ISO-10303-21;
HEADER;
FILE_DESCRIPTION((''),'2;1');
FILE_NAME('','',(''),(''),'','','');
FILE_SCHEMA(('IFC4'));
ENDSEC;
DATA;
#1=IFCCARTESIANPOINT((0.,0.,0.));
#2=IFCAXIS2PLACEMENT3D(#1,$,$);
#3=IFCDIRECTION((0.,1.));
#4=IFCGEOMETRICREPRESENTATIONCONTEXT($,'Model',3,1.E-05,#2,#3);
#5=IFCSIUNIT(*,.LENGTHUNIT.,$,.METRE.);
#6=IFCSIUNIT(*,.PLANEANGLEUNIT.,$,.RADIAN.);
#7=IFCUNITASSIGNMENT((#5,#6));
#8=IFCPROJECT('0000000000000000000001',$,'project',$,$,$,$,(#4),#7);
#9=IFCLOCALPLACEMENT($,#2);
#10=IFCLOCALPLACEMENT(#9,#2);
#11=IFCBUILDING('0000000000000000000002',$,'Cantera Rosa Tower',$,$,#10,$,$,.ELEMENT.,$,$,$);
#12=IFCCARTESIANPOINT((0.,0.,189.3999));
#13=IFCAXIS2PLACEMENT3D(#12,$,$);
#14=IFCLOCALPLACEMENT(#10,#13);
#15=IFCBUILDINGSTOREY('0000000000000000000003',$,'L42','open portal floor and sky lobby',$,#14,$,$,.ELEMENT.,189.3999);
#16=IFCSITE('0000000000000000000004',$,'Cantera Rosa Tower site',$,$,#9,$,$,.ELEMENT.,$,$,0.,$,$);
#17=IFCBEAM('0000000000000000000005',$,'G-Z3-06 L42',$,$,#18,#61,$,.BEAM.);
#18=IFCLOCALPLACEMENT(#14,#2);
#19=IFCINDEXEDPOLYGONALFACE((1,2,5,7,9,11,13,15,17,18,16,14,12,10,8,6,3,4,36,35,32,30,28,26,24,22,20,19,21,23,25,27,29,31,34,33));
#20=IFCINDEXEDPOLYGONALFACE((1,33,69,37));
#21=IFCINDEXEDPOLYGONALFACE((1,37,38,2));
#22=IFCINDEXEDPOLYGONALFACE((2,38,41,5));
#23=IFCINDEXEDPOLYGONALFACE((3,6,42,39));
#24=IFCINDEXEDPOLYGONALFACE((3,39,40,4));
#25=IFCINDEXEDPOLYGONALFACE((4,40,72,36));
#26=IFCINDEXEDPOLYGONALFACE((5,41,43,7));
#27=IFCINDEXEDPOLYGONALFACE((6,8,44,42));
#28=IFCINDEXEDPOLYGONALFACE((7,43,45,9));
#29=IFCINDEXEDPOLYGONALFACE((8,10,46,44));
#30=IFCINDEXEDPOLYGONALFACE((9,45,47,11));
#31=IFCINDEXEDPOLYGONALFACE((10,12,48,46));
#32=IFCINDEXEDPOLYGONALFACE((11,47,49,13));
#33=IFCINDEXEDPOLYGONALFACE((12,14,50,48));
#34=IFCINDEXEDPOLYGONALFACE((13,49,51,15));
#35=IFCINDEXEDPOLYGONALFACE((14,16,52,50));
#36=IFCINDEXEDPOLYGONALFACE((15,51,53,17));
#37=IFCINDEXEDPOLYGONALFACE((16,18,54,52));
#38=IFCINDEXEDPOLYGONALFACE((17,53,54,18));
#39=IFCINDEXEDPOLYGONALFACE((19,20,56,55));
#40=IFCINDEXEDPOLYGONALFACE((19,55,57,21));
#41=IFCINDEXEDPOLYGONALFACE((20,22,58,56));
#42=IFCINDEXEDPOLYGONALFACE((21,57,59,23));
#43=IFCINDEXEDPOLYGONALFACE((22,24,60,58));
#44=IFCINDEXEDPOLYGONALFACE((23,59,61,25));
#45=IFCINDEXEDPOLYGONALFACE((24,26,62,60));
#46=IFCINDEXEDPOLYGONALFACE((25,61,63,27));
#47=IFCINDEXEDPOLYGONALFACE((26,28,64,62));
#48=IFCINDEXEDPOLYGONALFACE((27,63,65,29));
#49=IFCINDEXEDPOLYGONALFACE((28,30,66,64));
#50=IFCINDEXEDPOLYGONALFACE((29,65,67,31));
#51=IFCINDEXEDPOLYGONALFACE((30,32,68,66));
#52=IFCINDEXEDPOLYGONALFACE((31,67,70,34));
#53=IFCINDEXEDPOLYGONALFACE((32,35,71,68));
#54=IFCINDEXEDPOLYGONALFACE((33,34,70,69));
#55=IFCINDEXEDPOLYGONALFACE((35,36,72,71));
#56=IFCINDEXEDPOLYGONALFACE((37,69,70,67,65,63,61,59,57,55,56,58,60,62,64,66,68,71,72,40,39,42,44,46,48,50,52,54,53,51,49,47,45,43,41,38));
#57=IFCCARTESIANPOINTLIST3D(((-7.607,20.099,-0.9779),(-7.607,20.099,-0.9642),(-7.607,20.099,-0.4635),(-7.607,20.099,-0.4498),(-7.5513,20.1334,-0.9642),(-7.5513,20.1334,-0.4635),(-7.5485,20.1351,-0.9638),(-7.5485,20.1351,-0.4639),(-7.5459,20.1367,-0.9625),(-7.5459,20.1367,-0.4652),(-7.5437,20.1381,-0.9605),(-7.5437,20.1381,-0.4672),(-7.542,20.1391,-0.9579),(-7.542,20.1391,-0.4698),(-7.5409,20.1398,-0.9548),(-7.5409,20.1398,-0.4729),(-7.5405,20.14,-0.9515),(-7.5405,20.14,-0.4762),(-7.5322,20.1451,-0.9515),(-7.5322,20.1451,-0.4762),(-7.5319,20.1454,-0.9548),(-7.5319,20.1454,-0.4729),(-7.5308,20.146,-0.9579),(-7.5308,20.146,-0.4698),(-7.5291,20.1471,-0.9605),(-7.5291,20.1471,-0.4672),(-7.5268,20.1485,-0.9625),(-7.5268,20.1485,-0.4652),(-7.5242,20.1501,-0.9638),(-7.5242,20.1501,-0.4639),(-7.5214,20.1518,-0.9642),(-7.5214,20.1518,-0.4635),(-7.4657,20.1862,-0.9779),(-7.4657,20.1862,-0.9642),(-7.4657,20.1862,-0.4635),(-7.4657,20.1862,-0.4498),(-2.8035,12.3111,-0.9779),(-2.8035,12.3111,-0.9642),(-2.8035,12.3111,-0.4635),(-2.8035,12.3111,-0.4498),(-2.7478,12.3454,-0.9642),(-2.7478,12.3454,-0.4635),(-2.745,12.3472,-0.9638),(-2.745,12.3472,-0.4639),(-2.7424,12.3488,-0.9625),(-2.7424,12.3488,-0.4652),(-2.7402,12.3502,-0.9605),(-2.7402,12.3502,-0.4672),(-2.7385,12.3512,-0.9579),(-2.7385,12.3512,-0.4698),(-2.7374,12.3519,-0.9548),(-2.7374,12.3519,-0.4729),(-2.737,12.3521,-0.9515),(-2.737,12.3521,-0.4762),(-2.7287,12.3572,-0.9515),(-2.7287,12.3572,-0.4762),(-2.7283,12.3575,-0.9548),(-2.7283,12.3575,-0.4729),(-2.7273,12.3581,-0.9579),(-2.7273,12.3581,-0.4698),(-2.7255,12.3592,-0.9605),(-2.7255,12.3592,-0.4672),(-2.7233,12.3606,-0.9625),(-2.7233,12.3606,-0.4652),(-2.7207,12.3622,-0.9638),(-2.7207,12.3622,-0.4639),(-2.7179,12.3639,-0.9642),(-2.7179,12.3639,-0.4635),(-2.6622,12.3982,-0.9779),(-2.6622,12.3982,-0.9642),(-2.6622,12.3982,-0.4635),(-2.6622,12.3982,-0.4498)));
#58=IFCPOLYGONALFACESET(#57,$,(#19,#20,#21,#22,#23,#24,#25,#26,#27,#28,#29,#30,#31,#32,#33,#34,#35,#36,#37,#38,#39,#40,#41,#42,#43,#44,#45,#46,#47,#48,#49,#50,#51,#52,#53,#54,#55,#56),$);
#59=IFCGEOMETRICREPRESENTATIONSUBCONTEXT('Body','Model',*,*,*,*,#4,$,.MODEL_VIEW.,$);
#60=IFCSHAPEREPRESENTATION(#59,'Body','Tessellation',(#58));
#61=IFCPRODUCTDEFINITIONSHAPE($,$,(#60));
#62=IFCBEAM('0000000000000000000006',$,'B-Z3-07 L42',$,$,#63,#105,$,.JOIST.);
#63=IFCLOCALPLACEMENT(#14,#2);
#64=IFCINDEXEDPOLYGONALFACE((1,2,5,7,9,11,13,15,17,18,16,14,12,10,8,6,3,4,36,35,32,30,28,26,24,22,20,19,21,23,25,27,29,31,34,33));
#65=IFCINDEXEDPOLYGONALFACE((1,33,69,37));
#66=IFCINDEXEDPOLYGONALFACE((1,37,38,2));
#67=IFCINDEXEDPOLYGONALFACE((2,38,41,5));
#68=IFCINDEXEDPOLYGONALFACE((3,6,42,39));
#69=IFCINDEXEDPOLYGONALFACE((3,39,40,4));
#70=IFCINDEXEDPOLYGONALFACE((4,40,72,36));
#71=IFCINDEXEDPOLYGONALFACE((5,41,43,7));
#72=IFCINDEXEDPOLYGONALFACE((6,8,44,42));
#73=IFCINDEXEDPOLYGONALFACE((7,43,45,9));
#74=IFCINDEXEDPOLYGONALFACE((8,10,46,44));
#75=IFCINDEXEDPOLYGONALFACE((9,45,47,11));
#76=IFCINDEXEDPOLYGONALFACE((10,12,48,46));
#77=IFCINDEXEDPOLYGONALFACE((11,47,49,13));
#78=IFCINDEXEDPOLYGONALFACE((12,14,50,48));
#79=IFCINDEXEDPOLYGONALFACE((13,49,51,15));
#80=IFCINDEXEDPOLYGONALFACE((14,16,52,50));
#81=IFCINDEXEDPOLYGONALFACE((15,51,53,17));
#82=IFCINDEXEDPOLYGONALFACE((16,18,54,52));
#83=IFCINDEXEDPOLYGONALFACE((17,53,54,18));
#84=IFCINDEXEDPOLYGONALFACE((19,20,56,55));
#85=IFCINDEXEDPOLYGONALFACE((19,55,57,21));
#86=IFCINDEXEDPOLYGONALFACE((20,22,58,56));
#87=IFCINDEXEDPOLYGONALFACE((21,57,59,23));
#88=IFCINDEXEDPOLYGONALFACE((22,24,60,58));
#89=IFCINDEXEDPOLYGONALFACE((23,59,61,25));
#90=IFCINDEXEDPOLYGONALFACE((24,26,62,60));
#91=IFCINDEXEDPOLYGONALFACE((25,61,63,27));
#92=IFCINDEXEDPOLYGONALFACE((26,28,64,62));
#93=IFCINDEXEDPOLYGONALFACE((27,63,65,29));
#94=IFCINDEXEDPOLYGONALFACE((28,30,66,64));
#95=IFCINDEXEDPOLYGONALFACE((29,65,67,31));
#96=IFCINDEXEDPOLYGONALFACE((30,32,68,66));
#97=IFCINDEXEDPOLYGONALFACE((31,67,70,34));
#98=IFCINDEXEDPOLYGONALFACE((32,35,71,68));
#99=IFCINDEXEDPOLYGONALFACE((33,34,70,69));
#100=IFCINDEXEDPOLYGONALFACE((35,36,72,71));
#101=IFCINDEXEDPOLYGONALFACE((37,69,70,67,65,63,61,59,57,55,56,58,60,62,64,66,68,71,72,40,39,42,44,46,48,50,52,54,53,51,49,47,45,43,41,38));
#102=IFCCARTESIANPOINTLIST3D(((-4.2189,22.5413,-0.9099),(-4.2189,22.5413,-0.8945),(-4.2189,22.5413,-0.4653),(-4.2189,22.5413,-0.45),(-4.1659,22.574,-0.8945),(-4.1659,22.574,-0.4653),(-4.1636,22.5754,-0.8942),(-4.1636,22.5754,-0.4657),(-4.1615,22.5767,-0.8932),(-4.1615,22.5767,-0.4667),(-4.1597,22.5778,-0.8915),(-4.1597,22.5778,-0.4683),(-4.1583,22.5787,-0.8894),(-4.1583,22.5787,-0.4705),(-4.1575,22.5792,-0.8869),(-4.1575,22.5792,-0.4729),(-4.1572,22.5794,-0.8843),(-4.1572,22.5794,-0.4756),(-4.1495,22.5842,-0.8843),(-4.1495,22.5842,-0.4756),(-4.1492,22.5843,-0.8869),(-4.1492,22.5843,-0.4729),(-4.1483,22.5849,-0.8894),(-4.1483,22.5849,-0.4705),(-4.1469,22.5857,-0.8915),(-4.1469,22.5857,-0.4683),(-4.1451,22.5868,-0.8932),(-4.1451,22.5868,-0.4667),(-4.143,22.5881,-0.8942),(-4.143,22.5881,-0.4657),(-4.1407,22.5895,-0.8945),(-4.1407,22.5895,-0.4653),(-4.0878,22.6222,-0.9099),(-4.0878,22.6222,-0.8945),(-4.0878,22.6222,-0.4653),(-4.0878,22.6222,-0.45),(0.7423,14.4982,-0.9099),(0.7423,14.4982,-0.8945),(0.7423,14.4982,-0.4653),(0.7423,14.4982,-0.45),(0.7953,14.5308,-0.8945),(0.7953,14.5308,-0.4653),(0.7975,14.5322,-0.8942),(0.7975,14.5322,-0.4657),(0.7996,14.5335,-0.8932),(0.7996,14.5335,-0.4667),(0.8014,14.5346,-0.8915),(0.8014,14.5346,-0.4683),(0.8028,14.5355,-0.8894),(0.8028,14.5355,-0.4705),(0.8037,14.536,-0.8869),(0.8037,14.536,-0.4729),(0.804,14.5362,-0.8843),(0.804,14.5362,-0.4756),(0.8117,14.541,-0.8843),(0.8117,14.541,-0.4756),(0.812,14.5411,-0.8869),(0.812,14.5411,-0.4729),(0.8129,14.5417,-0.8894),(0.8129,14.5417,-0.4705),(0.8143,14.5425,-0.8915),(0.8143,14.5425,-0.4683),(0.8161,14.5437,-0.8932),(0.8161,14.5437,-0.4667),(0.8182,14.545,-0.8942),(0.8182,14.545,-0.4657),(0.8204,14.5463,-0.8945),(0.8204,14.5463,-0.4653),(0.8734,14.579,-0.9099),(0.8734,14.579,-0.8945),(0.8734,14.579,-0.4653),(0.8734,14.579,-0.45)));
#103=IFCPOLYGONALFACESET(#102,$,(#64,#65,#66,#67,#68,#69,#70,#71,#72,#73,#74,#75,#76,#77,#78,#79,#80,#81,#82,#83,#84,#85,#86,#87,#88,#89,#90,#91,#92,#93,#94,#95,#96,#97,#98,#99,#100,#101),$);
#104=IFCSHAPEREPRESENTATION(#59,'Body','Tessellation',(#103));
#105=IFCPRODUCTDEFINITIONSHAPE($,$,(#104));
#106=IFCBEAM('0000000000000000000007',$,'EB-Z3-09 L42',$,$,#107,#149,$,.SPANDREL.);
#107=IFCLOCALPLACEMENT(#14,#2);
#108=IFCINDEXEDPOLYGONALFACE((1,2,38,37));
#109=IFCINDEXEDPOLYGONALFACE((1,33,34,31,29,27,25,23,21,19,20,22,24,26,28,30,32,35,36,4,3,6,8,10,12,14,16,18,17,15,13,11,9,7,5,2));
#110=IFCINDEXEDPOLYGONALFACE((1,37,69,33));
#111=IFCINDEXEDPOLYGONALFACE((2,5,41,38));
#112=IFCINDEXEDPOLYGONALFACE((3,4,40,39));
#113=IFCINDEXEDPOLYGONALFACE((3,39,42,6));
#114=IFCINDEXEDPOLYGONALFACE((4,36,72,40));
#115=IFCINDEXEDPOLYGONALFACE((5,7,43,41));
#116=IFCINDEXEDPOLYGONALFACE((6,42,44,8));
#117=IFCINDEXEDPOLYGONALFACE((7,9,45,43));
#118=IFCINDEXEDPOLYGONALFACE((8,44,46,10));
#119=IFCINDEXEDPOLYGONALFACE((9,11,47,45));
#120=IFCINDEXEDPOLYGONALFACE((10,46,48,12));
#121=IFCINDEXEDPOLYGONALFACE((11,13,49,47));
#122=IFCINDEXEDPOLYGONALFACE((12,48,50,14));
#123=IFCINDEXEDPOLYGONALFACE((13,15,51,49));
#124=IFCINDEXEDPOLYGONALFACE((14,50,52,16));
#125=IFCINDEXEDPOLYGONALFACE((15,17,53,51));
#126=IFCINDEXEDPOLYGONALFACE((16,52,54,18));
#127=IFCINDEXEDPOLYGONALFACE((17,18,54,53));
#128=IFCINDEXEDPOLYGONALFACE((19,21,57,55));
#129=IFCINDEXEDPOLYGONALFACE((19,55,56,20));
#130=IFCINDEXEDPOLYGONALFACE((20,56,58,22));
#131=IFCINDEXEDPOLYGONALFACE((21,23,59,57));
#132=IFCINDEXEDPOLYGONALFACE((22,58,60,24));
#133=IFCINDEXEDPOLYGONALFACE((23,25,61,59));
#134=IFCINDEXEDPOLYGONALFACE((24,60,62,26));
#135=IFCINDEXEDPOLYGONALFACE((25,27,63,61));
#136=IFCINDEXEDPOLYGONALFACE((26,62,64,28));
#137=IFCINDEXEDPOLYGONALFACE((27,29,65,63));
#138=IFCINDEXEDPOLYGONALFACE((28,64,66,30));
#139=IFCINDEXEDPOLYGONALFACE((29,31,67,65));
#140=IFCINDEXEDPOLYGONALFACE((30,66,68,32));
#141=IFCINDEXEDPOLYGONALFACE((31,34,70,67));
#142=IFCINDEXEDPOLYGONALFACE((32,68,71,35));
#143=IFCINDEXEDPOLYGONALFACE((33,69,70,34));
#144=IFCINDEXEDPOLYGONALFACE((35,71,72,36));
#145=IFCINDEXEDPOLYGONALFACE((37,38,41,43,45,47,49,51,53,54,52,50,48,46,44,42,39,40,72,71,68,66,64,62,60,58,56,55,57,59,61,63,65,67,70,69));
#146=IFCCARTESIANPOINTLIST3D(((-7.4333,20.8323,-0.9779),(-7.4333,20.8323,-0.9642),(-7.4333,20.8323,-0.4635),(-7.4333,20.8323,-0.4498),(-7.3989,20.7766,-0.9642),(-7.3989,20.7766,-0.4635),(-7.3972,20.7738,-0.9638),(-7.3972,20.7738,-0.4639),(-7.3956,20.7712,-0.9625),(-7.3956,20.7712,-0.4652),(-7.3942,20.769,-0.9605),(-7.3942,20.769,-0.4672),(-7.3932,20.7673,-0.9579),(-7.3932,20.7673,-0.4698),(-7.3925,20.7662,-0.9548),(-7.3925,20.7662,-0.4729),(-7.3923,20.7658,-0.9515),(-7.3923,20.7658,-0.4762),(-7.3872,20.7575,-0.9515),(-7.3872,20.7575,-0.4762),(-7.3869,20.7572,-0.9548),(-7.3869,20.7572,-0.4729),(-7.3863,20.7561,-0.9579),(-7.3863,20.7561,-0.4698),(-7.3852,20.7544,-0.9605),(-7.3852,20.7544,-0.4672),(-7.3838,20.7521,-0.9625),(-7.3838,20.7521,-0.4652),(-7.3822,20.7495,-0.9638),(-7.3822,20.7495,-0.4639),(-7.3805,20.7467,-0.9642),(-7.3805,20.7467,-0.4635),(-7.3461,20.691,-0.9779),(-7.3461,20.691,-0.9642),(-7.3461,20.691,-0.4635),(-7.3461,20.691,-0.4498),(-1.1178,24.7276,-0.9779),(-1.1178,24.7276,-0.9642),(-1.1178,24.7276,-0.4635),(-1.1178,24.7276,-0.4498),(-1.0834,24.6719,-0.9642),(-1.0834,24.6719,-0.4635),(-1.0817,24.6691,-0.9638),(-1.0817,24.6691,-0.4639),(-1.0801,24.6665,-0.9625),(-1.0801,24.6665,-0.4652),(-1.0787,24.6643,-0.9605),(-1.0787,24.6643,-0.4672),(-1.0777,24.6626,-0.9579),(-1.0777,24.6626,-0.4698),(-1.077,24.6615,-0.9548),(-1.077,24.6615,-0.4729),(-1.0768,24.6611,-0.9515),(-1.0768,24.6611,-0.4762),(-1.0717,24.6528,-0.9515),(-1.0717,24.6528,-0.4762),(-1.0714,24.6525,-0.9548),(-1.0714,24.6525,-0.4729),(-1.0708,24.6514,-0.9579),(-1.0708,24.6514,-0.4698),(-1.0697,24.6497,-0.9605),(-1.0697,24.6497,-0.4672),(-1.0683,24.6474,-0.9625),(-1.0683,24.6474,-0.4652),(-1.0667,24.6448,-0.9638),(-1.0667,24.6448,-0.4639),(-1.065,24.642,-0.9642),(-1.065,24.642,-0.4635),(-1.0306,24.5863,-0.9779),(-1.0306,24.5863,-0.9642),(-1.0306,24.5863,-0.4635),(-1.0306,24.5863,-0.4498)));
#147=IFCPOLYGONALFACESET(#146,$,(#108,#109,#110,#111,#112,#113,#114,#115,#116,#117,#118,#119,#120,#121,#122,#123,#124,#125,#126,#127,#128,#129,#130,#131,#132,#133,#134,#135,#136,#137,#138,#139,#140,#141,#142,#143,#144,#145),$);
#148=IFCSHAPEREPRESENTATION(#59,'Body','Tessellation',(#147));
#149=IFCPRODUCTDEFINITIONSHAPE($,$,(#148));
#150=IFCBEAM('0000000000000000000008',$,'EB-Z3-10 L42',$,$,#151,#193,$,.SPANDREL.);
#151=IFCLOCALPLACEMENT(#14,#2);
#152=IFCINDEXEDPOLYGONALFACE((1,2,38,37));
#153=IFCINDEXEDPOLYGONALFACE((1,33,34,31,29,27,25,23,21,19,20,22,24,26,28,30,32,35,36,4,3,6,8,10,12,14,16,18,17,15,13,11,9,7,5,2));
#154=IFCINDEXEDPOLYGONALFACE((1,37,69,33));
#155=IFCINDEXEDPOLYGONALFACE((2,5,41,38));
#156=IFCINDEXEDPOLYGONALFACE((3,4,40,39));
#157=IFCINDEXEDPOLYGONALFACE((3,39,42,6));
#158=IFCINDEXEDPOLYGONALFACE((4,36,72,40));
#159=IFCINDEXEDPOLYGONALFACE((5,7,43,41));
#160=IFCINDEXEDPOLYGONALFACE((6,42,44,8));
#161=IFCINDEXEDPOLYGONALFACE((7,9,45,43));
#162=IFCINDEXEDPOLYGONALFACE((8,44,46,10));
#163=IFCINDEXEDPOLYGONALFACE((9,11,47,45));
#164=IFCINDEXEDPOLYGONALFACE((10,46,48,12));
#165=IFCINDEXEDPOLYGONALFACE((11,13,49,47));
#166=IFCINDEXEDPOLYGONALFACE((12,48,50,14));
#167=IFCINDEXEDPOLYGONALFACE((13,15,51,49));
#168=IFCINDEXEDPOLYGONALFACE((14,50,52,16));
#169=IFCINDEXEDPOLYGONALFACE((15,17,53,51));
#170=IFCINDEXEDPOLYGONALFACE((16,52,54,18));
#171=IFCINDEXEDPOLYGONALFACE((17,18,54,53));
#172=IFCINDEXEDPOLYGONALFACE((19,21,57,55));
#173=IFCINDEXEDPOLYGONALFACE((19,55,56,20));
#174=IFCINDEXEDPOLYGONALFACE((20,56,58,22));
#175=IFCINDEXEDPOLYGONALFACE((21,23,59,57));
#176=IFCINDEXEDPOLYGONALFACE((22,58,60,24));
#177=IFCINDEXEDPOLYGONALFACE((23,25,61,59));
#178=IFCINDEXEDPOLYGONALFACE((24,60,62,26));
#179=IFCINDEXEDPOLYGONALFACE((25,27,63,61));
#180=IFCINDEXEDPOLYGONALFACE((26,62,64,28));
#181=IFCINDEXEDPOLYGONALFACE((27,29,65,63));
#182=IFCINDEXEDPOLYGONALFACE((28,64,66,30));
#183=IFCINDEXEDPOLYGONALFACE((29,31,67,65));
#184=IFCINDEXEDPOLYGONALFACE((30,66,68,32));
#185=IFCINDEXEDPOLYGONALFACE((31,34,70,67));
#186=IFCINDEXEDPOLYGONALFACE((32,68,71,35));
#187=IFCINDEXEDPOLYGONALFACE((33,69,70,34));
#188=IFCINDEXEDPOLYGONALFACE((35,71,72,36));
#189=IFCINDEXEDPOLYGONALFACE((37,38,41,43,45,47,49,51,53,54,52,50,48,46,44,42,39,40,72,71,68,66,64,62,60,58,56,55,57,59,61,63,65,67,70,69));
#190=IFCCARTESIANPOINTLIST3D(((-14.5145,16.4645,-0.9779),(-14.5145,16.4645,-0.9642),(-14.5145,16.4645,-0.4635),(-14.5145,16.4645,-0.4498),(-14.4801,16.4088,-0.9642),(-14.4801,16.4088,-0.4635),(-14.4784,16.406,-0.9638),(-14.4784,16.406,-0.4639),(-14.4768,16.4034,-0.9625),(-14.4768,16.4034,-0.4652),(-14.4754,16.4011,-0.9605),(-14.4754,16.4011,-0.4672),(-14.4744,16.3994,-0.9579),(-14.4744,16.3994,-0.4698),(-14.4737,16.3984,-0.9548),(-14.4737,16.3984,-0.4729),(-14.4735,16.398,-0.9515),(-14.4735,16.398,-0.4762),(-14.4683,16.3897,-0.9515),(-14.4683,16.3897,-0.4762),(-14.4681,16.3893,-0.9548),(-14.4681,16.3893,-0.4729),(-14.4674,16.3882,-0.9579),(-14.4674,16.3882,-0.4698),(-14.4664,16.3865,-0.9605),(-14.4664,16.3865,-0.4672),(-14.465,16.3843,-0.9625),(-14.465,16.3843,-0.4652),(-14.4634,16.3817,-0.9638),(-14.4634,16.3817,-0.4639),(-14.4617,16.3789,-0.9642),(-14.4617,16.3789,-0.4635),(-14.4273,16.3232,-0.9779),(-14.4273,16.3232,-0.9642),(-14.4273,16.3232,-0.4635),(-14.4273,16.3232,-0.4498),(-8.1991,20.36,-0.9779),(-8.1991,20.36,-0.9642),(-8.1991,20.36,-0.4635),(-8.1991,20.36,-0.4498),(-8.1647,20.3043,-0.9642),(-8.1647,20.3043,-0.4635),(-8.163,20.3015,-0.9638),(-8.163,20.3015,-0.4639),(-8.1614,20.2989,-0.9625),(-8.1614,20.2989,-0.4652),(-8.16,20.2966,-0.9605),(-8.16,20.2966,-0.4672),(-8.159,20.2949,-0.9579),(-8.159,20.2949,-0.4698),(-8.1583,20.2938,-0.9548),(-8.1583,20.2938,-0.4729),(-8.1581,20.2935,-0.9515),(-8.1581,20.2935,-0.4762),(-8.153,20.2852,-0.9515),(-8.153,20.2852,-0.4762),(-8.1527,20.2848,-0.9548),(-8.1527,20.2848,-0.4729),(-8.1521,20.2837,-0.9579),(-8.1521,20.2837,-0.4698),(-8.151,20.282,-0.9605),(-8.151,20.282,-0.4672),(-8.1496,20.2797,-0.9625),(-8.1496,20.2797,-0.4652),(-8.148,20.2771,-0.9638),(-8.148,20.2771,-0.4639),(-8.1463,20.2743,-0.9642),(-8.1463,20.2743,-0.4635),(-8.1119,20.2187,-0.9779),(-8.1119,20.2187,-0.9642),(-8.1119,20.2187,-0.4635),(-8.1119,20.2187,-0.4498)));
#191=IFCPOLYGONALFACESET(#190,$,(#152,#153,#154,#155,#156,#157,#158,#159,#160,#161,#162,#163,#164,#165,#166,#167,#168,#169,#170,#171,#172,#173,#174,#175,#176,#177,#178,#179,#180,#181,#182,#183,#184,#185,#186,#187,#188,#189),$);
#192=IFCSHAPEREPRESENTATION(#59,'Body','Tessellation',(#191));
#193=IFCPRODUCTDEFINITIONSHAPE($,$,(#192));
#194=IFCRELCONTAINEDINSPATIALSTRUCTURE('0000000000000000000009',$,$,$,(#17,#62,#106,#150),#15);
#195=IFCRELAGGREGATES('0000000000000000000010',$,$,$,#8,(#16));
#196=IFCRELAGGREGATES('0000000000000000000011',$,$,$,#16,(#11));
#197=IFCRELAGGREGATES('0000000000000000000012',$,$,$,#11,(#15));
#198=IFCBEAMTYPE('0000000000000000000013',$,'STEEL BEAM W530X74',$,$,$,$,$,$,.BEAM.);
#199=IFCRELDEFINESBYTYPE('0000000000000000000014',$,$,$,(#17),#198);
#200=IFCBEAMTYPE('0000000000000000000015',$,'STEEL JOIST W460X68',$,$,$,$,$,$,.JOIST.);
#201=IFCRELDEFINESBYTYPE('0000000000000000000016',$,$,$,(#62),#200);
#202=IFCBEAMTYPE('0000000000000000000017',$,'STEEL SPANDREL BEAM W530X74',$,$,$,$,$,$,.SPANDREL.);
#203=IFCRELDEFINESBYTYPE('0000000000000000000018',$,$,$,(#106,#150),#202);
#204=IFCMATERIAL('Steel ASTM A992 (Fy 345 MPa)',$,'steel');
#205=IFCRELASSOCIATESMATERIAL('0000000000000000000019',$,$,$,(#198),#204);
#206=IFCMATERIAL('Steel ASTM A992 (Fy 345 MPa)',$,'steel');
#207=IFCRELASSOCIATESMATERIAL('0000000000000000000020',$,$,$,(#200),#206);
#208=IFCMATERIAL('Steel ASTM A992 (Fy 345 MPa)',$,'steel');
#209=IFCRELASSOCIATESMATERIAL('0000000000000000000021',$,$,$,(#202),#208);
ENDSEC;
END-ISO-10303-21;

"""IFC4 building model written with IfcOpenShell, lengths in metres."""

from ifc_helpers import new_model, si_unit, direction, frame, origin, origin_2d, place, context, subcontext, project, spatial, i_section, extrude, material, material_profile, profile_set, type_object, element, save


model = new_model("IFC4")

# Units and contexts
model_context = context("Model", 3, precision=1e-05, world=origin(), true_north=direction((0.0, 1.0)))
body_context = subcontext(model_context, "Body", "Model", "MODEL_VIEW")
ifc_project = project(units=[si_unit("LENGTHUNIT", "METRE"), si_unit("PLANEANGLEUNIT", "RADIAN")], contexts=[model_context])

# Site, building, storey
site_placement = place(None, origin())
site = spatial("IfcSite", under=ifc_project, at=site_placement, Name="Cantera Rosa Tower site", CompositionType="ELEMENT", RefElevation=0.0)
building_placement = place(site_placement, origin())
building = spatial("IfcBuilding", under=site, at=building_placement, Name="Cantera Rosa Tower", CompositionType="ELEMENT")
storey_placement = place(building_placement, frame((0.0, 0.0, 189.3999)))
storey = spatial("IfcBuildingStorey", under=building, at=storey_placement, Name="L42", Description="open portal floor and sky lobby", CompositionType="ELEMENT", Elevation=189.3999)

# Beams
ifc_material_1 = material(Name="Steel ASTM A992 (Fy 345 MPa)", Category="steel")
ifc_material_profile_1 = material_profile(ifc_material_1, i_section(OverallWidth=0.166, OverallDepth=0.5281, WebThickness=0.0098, FlangeThickness=0.0137, FilletRadius=0.0127, at=origin_2d()), Name="W530X74")
ifc_profile_set_1 = profile_set([ifc_material_profile_1], Name="Steel ASTM A992 (Fy 345 MPa)")
beam_type_1 = type_object("IfcBeamType", Name="STEEL BEAM W530X74", PredefinedType="BEAM", material=ifc_profile_set_1)
beam_1_placement = place(storey_placement, frame((-7.5364, 20.1426, -0.7139), z_axis=(0.524965, -0.851124, 0.0), x_axis=(0.851124, 0.524965, 0.0)))
element("IfcBeam", 1, at=beam_1_placement, inside=storey, type_object=beam_type_1, Name="G-Z3-06 L42", PredefinedType="BEAM", context=body_context, shape_type="SweptSolid", body=[
    extrude(i_section(OverallWidth=0.166, OverallDepth=0.5281, WebThickness=0.0098, FlangeThickness=0.0137, FilletRadius=0.0127, at=origin_2d()), origin(), (0.0, 0.0, 1.0), 9.1501),
])
ifc_material_2 = material(Name="Steel ASTM A992 (Fy 345 MPa)", Category="steel")
ifc_material_profile_2 = material_profile(ifc_material_2, i_section(OverallWidth=0.1541, OverallDepth=0.46, WebThickness=0.009, FlangeThickness=0.0154, FilletRadius=0.0103, at=origin_2d()), Name="W460X68")
ifc_profile_set_2 = profile_set([ifc_material_profile_2], Name="Steel ASTM A992 (Fy 345 MPa)")
beam_type_2 = type_object("IfcBeamType", Name="STEEL JOIST W460X68", PredefinedType="JOIST", material=ifc_profile_set_2)
beam_2_placement = place(storey_placement, frame((-4.1533, 22.5818, -0.6799), z_axis=(0.524981, -0.851114, 0.0), x_axis=(0.851114, 0.524981, 0.0)))
element("IfcBeam", 2, at=beam_2_placement, inside=storey, type_object=beam_type_2, Name="B-Z3-07 L42", PredefinedType="JOIST", context=body_context, shape_type="SweptSolid", body=[
    extrude(i_section(OverallWidth=0.1541, OverallDepth=0.46, WebThickness=0.009, FlangeThickness=0.0154, FilletRadius=0.0103, at=origin_2d()), origin(), (0.0, 0.0, 1.0), 9.4502),
])
ifc_material_3 = material(Name="Steel ASTM A992 (Fy 345 MPa)", Category="steel")
ifc_material_profile_3 = material_profile(ifc_material_3, i_section(OverallWidth=0.166, OverallDepth=0.5281, WebThickness=0.0098, FlangeThickness=0.0137, FilletRadius=0.0127, at=origin_2d()), Name="W530X74")
ifc_profile_set_3 = profile_set([ifc_material_profile_3], Name="Steel ASTM A992 (Fy 345 MPa)")
beam_type_3 = type_object("IfcBeamType", Name="STEEL SPANDREL BEAM W530X74", PredefinedType="SPANDREL", material=ifc_profile_set_3)
for number, where, z_axis, x_axis, name in (
    (3, (-1.0742, 24.657, -0.7139), (-0.851126, -0.524962, 0.0), (0.524962, -0.851126, 0.0), "EB-Z3-09 L42"),
    (4, (-8.1555, 20.2893, -0.7139), (-0.851111, -0.524986, 0.0), (0.524986, -0.851111, 0.0), "EB-Z3-10 L42"),
):
    element("IfcBeam", number, at=place(storey_placement, frame(where, z_axis=z_axis, x_axis=x_axis)), inside=storey, type_object=beam_type_3, Name=name, PredefinedType="SPANDREL", context=body_context, shape_type="SweptSolid", body=[
        extrude(i_section(OverallWidth=0.166, OverallDepth=0.5281, WebThickness=0.0098, FlangeThickness=0.0137, FilletRadius=0.0127, at=origin_2d()), origin(), (0.0, 0.0, 1.0), 7.4202),
    ])

save(model, "model.ifc")
